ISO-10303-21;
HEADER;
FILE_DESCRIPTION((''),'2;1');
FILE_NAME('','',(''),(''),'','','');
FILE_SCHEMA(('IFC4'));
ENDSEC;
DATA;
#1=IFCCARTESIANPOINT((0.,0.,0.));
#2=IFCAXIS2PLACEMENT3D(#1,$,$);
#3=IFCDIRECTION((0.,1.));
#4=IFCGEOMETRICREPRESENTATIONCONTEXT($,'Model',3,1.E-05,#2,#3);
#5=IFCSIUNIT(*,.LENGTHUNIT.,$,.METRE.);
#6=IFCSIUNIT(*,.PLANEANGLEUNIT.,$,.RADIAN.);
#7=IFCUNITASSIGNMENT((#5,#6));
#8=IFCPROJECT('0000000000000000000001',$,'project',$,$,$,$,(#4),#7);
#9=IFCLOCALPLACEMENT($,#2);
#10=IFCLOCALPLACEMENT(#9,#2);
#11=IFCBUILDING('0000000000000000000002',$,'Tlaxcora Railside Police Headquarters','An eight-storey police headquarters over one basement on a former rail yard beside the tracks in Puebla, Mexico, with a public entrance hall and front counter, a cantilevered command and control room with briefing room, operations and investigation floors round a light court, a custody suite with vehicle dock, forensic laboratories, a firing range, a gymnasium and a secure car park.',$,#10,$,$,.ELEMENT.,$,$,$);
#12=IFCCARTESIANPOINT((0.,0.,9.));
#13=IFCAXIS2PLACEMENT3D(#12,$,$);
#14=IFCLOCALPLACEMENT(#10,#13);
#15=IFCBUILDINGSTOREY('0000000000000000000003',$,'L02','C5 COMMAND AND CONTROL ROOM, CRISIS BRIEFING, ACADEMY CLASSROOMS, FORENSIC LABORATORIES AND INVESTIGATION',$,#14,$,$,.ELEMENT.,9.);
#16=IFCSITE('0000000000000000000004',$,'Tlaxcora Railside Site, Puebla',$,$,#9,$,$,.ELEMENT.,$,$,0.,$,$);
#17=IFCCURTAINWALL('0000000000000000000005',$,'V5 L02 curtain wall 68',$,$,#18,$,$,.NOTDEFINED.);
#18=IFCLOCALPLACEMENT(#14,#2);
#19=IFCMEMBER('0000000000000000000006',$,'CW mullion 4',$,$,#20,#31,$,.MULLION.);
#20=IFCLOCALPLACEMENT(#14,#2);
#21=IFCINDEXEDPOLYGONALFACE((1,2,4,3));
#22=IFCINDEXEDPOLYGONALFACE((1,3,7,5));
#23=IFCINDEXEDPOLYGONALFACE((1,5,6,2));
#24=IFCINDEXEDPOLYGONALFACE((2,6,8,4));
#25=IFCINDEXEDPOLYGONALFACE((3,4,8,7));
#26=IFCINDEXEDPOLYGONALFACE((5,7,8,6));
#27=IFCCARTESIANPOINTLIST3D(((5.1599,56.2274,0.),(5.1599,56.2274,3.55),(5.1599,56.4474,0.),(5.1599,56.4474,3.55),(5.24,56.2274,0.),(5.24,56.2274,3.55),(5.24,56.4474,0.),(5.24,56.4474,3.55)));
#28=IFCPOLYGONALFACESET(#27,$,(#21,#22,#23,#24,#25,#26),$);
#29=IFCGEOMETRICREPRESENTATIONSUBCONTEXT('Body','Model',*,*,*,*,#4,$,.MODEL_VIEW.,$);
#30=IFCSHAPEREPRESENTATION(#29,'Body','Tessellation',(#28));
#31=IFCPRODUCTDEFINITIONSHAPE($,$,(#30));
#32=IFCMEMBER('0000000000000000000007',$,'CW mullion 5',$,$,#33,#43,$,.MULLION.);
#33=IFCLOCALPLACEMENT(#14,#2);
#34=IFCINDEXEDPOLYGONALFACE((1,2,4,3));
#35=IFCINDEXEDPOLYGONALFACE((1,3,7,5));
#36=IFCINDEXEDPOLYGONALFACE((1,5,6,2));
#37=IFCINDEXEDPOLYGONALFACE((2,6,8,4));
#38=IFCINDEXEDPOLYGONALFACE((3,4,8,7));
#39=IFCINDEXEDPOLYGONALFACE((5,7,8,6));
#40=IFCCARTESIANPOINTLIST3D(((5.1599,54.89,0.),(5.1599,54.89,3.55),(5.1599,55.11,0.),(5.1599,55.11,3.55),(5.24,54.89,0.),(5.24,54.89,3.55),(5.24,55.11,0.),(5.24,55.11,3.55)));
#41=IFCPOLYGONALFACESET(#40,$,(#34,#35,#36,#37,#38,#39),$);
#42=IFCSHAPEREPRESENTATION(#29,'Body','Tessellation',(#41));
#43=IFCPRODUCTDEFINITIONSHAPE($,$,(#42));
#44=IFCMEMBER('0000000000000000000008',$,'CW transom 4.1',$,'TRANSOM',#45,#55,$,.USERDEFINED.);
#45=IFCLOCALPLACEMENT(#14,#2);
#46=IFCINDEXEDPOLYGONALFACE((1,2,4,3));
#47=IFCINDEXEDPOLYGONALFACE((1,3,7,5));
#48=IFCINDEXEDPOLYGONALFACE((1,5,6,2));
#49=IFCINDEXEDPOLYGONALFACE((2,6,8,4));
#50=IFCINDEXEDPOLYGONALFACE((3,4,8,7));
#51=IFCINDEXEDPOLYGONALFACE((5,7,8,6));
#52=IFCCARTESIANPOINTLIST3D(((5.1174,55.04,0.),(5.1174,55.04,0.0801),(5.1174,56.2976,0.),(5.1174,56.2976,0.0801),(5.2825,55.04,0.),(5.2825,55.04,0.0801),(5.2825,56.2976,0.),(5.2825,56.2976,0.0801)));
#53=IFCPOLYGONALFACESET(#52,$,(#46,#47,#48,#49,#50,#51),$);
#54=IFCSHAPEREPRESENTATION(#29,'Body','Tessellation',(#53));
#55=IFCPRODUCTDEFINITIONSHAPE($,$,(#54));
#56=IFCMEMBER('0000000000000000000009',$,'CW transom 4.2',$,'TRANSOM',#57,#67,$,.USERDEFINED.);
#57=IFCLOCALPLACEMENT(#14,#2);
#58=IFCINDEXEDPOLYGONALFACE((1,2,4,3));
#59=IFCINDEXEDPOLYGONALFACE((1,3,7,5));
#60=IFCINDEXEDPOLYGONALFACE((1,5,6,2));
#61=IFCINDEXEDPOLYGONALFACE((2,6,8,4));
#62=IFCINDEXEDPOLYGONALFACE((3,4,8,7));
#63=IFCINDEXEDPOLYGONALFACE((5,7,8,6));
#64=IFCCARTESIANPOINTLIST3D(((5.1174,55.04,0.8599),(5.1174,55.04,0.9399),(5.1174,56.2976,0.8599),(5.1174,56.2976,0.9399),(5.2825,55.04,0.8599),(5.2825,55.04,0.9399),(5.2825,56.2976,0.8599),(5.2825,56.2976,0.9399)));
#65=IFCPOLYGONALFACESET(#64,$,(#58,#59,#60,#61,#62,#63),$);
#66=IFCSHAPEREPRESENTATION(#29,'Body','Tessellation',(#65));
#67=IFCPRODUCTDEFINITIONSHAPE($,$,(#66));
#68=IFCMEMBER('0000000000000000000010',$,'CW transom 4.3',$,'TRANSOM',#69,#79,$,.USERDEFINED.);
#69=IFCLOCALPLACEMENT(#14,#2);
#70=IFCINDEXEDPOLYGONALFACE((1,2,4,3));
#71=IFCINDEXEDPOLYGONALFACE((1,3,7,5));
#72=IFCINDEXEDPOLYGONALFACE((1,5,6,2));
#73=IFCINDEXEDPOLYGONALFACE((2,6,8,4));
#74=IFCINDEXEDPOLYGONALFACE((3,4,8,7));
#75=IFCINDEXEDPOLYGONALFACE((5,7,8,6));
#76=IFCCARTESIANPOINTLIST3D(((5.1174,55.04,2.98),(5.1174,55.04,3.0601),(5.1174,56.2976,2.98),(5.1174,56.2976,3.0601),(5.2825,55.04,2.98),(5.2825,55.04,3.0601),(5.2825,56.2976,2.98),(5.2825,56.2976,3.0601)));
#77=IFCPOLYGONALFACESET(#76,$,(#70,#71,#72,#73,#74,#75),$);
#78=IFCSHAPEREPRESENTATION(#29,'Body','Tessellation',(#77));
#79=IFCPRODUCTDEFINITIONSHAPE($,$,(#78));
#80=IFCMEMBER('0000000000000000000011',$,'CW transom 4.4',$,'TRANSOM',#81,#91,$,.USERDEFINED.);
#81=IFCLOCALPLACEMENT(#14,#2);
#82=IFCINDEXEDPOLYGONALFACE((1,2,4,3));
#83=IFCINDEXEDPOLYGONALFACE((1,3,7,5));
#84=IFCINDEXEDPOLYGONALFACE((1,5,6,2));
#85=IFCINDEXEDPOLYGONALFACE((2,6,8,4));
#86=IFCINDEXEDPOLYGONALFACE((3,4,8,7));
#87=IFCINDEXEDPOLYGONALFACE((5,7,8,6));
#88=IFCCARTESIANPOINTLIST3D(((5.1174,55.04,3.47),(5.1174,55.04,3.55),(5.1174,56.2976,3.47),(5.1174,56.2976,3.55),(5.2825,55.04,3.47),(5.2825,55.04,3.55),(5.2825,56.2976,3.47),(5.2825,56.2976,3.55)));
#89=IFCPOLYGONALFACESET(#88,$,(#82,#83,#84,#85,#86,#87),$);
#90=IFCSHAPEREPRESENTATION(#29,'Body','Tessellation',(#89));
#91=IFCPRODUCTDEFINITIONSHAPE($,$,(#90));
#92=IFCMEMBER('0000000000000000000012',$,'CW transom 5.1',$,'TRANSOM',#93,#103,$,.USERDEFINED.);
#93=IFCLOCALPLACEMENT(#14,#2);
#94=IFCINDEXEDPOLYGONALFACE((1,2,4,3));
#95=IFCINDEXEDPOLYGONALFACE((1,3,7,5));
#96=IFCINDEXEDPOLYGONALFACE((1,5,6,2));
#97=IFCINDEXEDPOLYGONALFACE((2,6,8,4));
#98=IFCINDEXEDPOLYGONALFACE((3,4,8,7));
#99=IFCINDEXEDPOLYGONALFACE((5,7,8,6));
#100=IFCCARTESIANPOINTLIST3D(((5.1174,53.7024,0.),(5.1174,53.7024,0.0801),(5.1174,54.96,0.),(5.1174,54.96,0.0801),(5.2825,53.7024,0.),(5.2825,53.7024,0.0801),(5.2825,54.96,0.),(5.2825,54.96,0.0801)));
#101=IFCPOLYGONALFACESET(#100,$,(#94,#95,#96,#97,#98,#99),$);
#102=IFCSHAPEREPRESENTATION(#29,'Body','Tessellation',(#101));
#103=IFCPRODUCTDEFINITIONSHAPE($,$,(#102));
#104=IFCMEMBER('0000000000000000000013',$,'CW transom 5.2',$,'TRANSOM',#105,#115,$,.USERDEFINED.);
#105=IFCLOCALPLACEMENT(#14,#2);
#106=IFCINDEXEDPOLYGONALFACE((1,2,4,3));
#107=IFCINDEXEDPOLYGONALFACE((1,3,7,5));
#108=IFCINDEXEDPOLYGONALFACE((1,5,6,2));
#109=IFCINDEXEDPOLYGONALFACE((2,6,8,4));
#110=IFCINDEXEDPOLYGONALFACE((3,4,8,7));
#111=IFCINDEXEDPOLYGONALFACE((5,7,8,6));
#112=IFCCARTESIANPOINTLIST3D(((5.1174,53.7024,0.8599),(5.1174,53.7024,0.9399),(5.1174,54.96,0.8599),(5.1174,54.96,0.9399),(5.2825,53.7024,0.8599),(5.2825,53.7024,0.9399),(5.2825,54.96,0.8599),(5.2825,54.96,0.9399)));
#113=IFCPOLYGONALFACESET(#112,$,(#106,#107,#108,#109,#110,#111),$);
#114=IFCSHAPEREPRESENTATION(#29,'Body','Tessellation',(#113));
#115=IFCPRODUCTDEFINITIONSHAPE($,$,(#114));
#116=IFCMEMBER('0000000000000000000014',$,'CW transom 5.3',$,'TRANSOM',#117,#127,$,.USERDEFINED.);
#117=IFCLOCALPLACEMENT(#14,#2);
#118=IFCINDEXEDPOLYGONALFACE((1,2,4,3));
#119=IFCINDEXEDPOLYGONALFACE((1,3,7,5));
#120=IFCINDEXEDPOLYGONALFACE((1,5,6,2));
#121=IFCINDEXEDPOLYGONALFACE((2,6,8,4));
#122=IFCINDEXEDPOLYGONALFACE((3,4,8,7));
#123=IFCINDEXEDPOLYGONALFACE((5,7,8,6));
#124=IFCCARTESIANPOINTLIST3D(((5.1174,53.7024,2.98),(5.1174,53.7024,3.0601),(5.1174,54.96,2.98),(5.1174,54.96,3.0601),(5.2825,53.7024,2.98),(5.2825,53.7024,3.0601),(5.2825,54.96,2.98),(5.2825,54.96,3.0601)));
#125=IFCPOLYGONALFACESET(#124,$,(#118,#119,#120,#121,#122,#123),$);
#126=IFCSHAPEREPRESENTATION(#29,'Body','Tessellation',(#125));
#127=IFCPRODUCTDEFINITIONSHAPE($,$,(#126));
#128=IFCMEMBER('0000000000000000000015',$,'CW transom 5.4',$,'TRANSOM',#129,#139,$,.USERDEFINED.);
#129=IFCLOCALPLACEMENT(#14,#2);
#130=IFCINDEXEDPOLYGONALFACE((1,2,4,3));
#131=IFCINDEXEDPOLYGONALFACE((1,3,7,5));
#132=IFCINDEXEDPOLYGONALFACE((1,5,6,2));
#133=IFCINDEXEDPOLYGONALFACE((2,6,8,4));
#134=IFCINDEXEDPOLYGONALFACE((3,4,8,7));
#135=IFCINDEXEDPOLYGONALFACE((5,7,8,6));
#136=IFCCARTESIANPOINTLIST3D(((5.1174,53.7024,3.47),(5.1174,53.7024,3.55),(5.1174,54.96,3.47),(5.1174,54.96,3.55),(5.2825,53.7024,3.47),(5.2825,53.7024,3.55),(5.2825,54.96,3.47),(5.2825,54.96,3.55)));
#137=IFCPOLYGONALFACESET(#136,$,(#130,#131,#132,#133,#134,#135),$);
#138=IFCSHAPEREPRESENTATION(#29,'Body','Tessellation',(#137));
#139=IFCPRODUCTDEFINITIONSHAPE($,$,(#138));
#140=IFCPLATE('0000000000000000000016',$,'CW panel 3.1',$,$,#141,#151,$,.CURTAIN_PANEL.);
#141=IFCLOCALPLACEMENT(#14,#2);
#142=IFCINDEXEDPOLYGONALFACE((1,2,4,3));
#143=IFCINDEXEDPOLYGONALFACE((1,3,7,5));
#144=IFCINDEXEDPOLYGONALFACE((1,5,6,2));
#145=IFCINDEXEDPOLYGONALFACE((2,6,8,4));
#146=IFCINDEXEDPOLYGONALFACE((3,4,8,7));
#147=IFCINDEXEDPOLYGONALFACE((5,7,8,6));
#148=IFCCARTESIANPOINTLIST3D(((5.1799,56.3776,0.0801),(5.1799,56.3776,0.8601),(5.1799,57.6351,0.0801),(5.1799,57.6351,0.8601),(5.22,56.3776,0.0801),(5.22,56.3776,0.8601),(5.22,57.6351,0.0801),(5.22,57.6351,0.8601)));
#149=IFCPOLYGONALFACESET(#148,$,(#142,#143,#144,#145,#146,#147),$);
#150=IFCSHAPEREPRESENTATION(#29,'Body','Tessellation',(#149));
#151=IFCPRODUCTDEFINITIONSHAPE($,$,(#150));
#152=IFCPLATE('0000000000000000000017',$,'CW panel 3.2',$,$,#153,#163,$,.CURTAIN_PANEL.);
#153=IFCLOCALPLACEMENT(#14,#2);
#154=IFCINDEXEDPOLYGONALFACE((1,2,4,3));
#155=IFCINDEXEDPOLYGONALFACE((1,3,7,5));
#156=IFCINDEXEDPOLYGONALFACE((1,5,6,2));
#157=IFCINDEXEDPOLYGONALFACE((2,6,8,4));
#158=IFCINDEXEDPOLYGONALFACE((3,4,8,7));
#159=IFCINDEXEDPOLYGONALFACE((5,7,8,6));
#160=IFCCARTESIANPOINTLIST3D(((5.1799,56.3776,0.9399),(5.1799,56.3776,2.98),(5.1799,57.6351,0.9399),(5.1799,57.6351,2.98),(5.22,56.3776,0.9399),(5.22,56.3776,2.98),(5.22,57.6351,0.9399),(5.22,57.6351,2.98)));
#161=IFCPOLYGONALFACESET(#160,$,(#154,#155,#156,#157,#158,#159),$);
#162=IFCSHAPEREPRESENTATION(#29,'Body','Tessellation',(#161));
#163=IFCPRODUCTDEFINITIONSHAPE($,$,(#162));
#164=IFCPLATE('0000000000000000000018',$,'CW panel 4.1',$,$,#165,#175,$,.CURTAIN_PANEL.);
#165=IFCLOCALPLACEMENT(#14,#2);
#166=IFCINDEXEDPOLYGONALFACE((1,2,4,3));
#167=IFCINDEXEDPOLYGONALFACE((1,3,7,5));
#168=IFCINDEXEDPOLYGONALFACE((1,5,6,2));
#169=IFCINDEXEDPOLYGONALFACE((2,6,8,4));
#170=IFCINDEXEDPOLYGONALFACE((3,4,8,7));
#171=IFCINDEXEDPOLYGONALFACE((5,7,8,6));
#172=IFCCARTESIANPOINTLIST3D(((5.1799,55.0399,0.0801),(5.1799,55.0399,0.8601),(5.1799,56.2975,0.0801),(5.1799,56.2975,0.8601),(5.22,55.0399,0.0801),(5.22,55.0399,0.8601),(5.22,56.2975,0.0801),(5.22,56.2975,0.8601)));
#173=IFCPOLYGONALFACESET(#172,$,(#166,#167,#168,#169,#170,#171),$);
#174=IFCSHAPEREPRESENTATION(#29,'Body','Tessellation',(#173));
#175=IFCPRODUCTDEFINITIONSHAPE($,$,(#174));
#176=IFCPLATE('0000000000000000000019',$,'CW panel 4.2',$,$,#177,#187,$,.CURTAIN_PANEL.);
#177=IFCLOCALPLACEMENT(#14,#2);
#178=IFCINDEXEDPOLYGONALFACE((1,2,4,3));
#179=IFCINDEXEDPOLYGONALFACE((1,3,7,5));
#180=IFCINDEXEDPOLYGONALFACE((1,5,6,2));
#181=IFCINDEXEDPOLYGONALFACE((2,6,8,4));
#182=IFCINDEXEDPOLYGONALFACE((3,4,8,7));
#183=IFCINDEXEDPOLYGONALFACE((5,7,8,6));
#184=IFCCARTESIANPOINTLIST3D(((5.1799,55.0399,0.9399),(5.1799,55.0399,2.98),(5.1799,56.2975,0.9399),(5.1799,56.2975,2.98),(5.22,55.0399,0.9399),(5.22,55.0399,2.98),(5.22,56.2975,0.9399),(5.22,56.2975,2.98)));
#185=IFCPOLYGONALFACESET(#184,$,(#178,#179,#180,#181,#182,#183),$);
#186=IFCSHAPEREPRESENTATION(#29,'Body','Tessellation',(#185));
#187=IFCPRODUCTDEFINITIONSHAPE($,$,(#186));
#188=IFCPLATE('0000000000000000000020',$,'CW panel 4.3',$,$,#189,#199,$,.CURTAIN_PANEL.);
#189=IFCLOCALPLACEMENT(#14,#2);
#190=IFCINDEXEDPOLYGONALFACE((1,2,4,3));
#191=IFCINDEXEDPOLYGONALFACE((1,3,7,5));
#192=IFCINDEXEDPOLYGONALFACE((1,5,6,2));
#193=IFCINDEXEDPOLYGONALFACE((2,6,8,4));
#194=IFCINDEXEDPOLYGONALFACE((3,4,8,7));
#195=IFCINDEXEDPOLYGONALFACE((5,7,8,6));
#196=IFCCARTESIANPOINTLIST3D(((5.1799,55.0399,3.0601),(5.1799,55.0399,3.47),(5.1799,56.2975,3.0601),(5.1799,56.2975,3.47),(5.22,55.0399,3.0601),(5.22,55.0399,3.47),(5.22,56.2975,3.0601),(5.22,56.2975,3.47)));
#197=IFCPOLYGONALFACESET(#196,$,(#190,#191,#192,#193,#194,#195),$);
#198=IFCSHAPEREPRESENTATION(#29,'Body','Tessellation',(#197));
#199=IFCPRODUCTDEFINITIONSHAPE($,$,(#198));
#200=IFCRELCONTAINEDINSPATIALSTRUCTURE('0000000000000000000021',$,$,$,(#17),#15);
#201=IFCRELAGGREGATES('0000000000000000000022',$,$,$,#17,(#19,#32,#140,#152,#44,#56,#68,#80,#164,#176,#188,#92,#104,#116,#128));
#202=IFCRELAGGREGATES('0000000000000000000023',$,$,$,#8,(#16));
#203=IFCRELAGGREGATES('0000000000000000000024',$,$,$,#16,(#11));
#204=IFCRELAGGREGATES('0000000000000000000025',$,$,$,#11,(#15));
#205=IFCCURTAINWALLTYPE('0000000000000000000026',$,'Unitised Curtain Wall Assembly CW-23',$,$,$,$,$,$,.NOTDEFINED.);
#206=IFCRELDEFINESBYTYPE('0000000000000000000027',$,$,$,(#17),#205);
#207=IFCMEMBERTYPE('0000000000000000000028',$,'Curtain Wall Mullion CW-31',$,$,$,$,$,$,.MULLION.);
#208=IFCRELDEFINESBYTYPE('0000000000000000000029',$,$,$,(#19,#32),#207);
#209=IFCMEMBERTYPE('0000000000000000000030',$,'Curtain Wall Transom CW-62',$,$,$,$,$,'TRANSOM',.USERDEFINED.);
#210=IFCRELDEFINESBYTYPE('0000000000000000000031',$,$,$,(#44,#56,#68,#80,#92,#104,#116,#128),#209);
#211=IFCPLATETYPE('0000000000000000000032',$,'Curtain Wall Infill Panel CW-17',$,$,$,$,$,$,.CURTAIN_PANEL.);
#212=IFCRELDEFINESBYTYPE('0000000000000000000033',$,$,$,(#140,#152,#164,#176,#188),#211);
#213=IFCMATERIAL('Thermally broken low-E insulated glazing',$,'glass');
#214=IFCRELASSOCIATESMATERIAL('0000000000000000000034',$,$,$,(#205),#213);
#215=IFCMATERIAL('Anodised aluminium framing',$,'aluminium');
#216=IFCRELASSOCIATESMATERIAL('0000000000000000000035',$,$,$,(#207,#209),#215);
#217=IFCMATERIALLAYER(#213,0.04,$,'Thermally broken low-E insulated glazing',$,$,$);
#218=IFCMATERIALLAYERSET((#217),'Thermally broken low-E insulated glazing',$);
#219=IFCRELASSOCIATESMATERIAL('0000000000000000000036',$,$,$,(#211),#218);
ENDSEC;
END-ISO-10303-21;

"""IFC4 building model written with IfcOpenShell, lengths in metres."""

from ifc_helpers import new_model, si_unit, direction, frame, origin, origin_2d, place, context, subcontext, project, spatial, rectangle, extrude, material, layer, layer_set, material_profile, profile_set, type_object, element, aggregate, save


model = new_model("IFC4")

# Units and contexts
model_context = context("Model", 3, precision=1e-05, world=origin(), true_north=direction((0.0, 1.0)))
body_context = subcontext(model_context, "Body", "Model", "MODEL_VIEW")
ifc_project = project(units=[si_unit("LENGTHUNIT", "METRE"), si_unit("PLANEANGLEUNIT", "RADIAN")], contexts=[model_context])

# Site, building, storey
site_placement = place(None, origin())
site = spatial("IfcSite", under=ifc_project, at=site_placement, Name="Tlaxcora Railside Site, Puebla", CompositionType="ELEMENT", RefElevation=0.0)
building_placement = place(site_placement, origin())
building = spatial("IfcBuilding", under=site, at=building_placement, Name="Tlaxcora Railside Police Headquarters", Description="An eight-storey police headquarters over one basement on a former rail yard beside the tracks in Puebla, Mexico, with a public entrance hall and front counter, a cantilevered command and control room with briefing room, operations and investigation floors round a light court, a custody suite with vehicle dock, forensic laboratories, a firing range, a gymnasium and a secure car park.", CompositionType="ELEMENT")
storey_placement = place(building_placement, frame((0.0, 0.0, 9.0)))
storey = spatial("IfcBuildingStorey", under=building, at=storey_placement, Name="L02", Description="C5 COMMAND AND CONTROL ROOM, CRISIS BRIEFING, ACADEMY CLASSROOMS, FORENSIC LABORATORIES AND INVESTIGATION", CompositionType="ELEMENT", Elevation=9.0)

# Curtain wall, members, plates
ifc_material_1 = material(Name="Thermally broken low-E insulated glazing", Category="glass")
curtain_wall_type = type_object("IfcCurtainWallType", Name="Unitised Curtain Wall Assembly CW-23", PredefinedType="NOTDEFINED", material=ifc_material_1)
curtain_wall_placement = place(storey_placement, origin())
curtain_wall = element("IfcCurtainWall", 1, at=curtain_wall_placement, inside=storey, type_object=curtain_wall_type, Name="V5 L02 curtain wall 68", PredefinedType="NOTDEFINED")
ifc_material_2 = material(Name="Anodised aluminium framing", Category="aluminium")
ifc_material_profile_1 = material_profile(ifc_material_2, rectangle(XDim=0.0801, YDim=0.22, at=origin_2d()), Name="AL80X220")
ifc_profile_set_1 = profile_set([ifc_material_profile_1], Name="Anodised aluminium framing")
member_type_1 = type_object("IfcMemberType", Name="Curtain Wall Mullion CW-31", PredefinedType="MULLION", material=ifc_profile_set_1)
member_1_placement = place(storey_placement, frame((5.2, 56.3374, 0.0), z_axis=(0.0, 0.0, 1.0), x_axis=(1.0, 0.0, 0.0)))
member_1 = element("IfcMember", 2, at=member_1_placement, type_object=member_type_1, Name="CW mullion 4", PredefinedType="MULLION", context=body_context, shape_type="SweptSolid", body=[
    extrude(rectangle(XDim=0.0801, YDim=0.22, at=origin_2d()), origin(), (0.0, 0.0, 1.0), 3.55),
])
member_2_placement = place(storey_placement, frame((5.2, 55.0, 0.0), z_axis=(0.0, 0.0, 1.0), x_axis=(1.0, 0.0, 0.0)))
member_2 = element("IfcMember", 3, at=member_2_placement, type_object=member_type_1, Name="CW mullion 5", PredefinedType="MULLION", context=body_context, shape_type="SweptSolid", body=[
    extrude(rectangle(XDim=0.0801, YDim=0.22, at=origin_2d()), origin(), (0.0, 0.0, 1.0), 3.55),
])
ifc_material_profile_2 = material_profile(ifc_material_2, rectangle(XDim=0.165, YDim=0.0801, at=origin_2d()), Name="AL80X165")
ifc_profile_set_2 = profile_set([ifc_material_profile_2], Name="Anodised aluminium framing")
member_type_2 = type_object("IfcMemberType", Name="Curtain Wall Transom CW-62", ElementType="TRANSOM", PredefinedType="USERDEFINED", material=ifc_profile_set_2)
member_3_placement = place(storey_placement, frame((5.2, 56.2976, 0.04), z_axis=(0.0, -1.0, 0.0), x_axis=(1.0, 0.0, 0.0)))
member_3 = element("IfcMember", 4, at=member_3_placement, type_object=member_type_2, Name="CW transom 4.1", ObjectType="TRANSOM", PredefinedType="USERDEFINED", context=body_context, shape_type="SweptSolid", body=[
    extrude(rectangle(XDim=0.165, YDim=0.0801, at=origin_2d()), origin(), (0.0, 0.0, 1.0), 1.2576),
])
member_4_placement = place(storey_placement, frame((5.2, 56.2976, 0.8999), z_axis=(0.0, -1.0, 0.0), x_axis=(1.0, 0.0, 0.0)))
member_4 = element("IfcMember", 5, at=member_4_placement, type_object=member_type_2, Name="CW transom 4.2", ObjectType="TRANSOM", PredefinedType="USERDEFINED", context=body_context, shape_type="SweptSolid", body=[
    extrude(rectangle(XDim=0.165, YDim=0.0801, at=origin_2d()), origin(), (0.0, 0.0, 1.0), 1.2576),
])
member_5_placement = place(storey_placement, frame((5.2, 56.2976, 3.02), z_axis=(0.0, -1.0, 0.0), x_axis=(1.0, 0.0, 0.0)))
member_5 = element("IfcMember", 6, at=member_5_placement, type_object=member_type_2, Name="CW transom 4.3", ObjectType="TRANSOM", PredefinedType="USERDEFINED", context=body_context, shape_type="SweptSolid", body=[
    extrude(rectangle(XDim=0.165, YDim=0.0801, at=origin_2d()), origin(), (0.0, 0.0, 1.0), 1.2576),
])
member_6_placement = place(storey_placement, frame((5.2, 56.2976, 3.51), z_axis=(0.0, -1.0, 0.0), x_axis=(1.0, 0.0, 0.0)))
member_6 = element("IfcMember", 7, at=member_6_placement, type_object=member_type_2, Name="CW transom 4.4", ObjectType="TRANSOM", PredefinedType="USERDEFINED", context=body_context, shape_type="SweptSolid", body=[
    extrude(rectangle(XDim=0.165, YDim=0.0801, at=origin_2d()), origin(), (0.0, 0.0, 1.0), 1.2576),
])
member_7_placement = place(storey_placement, frame((5.2, 54.96, 0.04), z_axis=(0.0, -1.0, 0.0), x_axis=(1.0, 0.0, 0.0)))
member_7 = element("IfcMember", 8, at=member_7_placement, type_object=member_type_2, Name="CW transom 5.1", ObjectType="TRANSOM", PredefinedType="USERDEFINED", context=body_context, shape_type="SweptSolid", body=[
    extrude(rectangle(XDim=0.165, YDim=0.0801, at=origin_2d()), origin(), (0.0, 0.0, 1.0), 1.2576),
])
member_8_placement = place(storey_placement, frame((5.2, 54.96, 0.8999), z_axis=(0.0, -1.0, 0.0), x_axis=(1.0, 0.0, 0.0)))
member_8 = element("IfcMember", 9, at=member_8_placement, type_object=member_type_2, Name="CW transom 5.2", ObjectType="TRANSOM", PredefinedType="USERDEFINED", context=body_context, shape_type="SweptSolid", body=[
    extrude(rectangle(XDim=0.165, YDim=0.0801, at=origin_2d()), origin(), (0.0, 0.0, 1.0), 1.2576),
])
member_9_placement = place(storey_placement, frame((5.2, 54.96, 3.02), z_axis=(0.0, -1.0, 0.0), x_axis=(1.0, 0.0, 0.0)))
member_9 = element("IfcMember", 10, at=member_9_placement, type_object=member_type_2, Name="CW transom 5.3", ObjectType="TRANSOM", PredefinedType="USERDEFINED", context=body_context, shape_type="SweptSolid", body=[
    extrude(rectangle(XDim=0.165, YDim=0.0801, at=origin_2d()), origin(), (0.0, 0.0, 1.0), 1.2576),
])
member_10_placement = place(storey_placement, frame((5.2, 54.96, 3.51), z_axis=(0.0, -1.0, 0.0), x_axis=(1.0, 0.0, 0.0)))
member_10 = element("IfcMember", 11, at=member_10_placement, type_object=member_type_2, Name="CW transom 5.4", ObjectType="TRANSOM", PredefinedType="USERDEFINED", context=body_context, shape_type="SweptSolid", body=[
    extrude(rectangle(XDim=0.165, YDim=0.0801, at=origin_2d()), origin(), (0.0, 0.0, 1.0), 1.2576),
])
ifc_layer_1 = layer(ifc_material_1, 0.04, Name="Thermally broken low-E insulated glazing")
ifc_layer_set_1 = layer_set([ifc_layer_1], Name="Thermally broken low-E insulated glazing")
plate_type = type_object("IfcPlateType", Name="Curtain Wall Infill Panel CW-17", PredefinedType="CURTAIN_PANEL", material=ifc_layer_set_1)
plate_1_placement = place(storey_placement, frame((5.2, 57.0063, 0.0801), z_axis=(0.0, 0.0, 1.0), x_axis=(0.0, -1.0, 0.0)))
plate_1 = element("IfcPlate", 12, at=plate_1_placement, type_object=plate_type, Name="CW panel 3.1", PredefinedType="CURTAIN_PANEL", context=body_context, shape_type="SweptSolid", body=[
    extrude(rectangle(XDim=1.2576, YDim=0.04, at=origin_2d()), origin(), (0.0, 0.0, 1.0), 0.78),
])
plate_2_placement = place(storey_placement, frame((5.2, 57.0063, 0.9399), z_axis=(0.0, 0.0, 1.0), x_axis=(0.0, -1.0, 0.0)))
plate_2 = element("IfcPlate", 13, at=plate_2_placement, type_object=plate_type, Name="CW panel 3.2", PredefinedType="CURTAIN_PANEL", context=body_context, shape_type="SweptSolid", body=[
    extrude(rectangle(XDim=1.2576, YDim=0.04, at=origin_2d()), origin(), (0.0, 0.0, 1.0), 2.04),
])
plate_3_placement = place(storey_placement, frame((5.2, 55.6687, 0.0801), z_axis=(0.0, 0.0, 1.0), x_axis=(0.0, -1.0, 0.0)))
plate_3 = element("IfcPlate", 14, at=plate_3_placement, type_object=plate_type, Name="CW panel 4.1", PredefinedType="CURTAIN_PANEL", context=body_context, shape_type="SweptSolid", body=[
    extrude(rectangle(XDim=1.2576, YDim=0.04, at=origin_2d()), origin(), (0.0, 0.0, 1.0), 0.78),
])
plate_4_placement = place(storey_placement, frame((5.2, 55.6687, 0.9399), z_axis=(0.0, 0.0, 1.0), x_axis=(0.0, -1.0, 0.0)))
plate_4 = element("IfcPlate", 15, at=plate_4_placement, type_object=plate_type, Name="CW panel 4.2", PredefinedType="CURTAIN_PANEL", context=body_context, shape_type="SweptSolid", body=[
    extrude(rectangle(XDim=1.2576, YDim=0.04, at=origin_2d()), origin(), (0.0, 0.0, 1.0), 2.04),
])
plate_5_placement = place(storey_placement, frame((5.2, 55.6687, 3.0601), z_axis=(0.0, 0.0, 1.0), x_axis=(0.0, -1.0, 0.0)))
plate_5 = element("IfcPlate", 16, at=plate_5_placement, type_object=plate_type, Name="CW panel 4.3", PredefinedType="CURTAIN_PANEL", context=body_context, shape_type="SweptSolid", body=[
    extrude(rectangle(XDim=1.2576, YDim=0.04, at=origin_2d()), origin(), (0.0, 0.0, 1.0), 0.4099),
])
aggregate(curtain_wall, [member_1, member_2, plate_1, plate_2, member_3, member_4, member_5, member_6, plate_3, plate_4, plate_5, member_7, member_8, member_9, member_10])

save(model, "model.ifc")
